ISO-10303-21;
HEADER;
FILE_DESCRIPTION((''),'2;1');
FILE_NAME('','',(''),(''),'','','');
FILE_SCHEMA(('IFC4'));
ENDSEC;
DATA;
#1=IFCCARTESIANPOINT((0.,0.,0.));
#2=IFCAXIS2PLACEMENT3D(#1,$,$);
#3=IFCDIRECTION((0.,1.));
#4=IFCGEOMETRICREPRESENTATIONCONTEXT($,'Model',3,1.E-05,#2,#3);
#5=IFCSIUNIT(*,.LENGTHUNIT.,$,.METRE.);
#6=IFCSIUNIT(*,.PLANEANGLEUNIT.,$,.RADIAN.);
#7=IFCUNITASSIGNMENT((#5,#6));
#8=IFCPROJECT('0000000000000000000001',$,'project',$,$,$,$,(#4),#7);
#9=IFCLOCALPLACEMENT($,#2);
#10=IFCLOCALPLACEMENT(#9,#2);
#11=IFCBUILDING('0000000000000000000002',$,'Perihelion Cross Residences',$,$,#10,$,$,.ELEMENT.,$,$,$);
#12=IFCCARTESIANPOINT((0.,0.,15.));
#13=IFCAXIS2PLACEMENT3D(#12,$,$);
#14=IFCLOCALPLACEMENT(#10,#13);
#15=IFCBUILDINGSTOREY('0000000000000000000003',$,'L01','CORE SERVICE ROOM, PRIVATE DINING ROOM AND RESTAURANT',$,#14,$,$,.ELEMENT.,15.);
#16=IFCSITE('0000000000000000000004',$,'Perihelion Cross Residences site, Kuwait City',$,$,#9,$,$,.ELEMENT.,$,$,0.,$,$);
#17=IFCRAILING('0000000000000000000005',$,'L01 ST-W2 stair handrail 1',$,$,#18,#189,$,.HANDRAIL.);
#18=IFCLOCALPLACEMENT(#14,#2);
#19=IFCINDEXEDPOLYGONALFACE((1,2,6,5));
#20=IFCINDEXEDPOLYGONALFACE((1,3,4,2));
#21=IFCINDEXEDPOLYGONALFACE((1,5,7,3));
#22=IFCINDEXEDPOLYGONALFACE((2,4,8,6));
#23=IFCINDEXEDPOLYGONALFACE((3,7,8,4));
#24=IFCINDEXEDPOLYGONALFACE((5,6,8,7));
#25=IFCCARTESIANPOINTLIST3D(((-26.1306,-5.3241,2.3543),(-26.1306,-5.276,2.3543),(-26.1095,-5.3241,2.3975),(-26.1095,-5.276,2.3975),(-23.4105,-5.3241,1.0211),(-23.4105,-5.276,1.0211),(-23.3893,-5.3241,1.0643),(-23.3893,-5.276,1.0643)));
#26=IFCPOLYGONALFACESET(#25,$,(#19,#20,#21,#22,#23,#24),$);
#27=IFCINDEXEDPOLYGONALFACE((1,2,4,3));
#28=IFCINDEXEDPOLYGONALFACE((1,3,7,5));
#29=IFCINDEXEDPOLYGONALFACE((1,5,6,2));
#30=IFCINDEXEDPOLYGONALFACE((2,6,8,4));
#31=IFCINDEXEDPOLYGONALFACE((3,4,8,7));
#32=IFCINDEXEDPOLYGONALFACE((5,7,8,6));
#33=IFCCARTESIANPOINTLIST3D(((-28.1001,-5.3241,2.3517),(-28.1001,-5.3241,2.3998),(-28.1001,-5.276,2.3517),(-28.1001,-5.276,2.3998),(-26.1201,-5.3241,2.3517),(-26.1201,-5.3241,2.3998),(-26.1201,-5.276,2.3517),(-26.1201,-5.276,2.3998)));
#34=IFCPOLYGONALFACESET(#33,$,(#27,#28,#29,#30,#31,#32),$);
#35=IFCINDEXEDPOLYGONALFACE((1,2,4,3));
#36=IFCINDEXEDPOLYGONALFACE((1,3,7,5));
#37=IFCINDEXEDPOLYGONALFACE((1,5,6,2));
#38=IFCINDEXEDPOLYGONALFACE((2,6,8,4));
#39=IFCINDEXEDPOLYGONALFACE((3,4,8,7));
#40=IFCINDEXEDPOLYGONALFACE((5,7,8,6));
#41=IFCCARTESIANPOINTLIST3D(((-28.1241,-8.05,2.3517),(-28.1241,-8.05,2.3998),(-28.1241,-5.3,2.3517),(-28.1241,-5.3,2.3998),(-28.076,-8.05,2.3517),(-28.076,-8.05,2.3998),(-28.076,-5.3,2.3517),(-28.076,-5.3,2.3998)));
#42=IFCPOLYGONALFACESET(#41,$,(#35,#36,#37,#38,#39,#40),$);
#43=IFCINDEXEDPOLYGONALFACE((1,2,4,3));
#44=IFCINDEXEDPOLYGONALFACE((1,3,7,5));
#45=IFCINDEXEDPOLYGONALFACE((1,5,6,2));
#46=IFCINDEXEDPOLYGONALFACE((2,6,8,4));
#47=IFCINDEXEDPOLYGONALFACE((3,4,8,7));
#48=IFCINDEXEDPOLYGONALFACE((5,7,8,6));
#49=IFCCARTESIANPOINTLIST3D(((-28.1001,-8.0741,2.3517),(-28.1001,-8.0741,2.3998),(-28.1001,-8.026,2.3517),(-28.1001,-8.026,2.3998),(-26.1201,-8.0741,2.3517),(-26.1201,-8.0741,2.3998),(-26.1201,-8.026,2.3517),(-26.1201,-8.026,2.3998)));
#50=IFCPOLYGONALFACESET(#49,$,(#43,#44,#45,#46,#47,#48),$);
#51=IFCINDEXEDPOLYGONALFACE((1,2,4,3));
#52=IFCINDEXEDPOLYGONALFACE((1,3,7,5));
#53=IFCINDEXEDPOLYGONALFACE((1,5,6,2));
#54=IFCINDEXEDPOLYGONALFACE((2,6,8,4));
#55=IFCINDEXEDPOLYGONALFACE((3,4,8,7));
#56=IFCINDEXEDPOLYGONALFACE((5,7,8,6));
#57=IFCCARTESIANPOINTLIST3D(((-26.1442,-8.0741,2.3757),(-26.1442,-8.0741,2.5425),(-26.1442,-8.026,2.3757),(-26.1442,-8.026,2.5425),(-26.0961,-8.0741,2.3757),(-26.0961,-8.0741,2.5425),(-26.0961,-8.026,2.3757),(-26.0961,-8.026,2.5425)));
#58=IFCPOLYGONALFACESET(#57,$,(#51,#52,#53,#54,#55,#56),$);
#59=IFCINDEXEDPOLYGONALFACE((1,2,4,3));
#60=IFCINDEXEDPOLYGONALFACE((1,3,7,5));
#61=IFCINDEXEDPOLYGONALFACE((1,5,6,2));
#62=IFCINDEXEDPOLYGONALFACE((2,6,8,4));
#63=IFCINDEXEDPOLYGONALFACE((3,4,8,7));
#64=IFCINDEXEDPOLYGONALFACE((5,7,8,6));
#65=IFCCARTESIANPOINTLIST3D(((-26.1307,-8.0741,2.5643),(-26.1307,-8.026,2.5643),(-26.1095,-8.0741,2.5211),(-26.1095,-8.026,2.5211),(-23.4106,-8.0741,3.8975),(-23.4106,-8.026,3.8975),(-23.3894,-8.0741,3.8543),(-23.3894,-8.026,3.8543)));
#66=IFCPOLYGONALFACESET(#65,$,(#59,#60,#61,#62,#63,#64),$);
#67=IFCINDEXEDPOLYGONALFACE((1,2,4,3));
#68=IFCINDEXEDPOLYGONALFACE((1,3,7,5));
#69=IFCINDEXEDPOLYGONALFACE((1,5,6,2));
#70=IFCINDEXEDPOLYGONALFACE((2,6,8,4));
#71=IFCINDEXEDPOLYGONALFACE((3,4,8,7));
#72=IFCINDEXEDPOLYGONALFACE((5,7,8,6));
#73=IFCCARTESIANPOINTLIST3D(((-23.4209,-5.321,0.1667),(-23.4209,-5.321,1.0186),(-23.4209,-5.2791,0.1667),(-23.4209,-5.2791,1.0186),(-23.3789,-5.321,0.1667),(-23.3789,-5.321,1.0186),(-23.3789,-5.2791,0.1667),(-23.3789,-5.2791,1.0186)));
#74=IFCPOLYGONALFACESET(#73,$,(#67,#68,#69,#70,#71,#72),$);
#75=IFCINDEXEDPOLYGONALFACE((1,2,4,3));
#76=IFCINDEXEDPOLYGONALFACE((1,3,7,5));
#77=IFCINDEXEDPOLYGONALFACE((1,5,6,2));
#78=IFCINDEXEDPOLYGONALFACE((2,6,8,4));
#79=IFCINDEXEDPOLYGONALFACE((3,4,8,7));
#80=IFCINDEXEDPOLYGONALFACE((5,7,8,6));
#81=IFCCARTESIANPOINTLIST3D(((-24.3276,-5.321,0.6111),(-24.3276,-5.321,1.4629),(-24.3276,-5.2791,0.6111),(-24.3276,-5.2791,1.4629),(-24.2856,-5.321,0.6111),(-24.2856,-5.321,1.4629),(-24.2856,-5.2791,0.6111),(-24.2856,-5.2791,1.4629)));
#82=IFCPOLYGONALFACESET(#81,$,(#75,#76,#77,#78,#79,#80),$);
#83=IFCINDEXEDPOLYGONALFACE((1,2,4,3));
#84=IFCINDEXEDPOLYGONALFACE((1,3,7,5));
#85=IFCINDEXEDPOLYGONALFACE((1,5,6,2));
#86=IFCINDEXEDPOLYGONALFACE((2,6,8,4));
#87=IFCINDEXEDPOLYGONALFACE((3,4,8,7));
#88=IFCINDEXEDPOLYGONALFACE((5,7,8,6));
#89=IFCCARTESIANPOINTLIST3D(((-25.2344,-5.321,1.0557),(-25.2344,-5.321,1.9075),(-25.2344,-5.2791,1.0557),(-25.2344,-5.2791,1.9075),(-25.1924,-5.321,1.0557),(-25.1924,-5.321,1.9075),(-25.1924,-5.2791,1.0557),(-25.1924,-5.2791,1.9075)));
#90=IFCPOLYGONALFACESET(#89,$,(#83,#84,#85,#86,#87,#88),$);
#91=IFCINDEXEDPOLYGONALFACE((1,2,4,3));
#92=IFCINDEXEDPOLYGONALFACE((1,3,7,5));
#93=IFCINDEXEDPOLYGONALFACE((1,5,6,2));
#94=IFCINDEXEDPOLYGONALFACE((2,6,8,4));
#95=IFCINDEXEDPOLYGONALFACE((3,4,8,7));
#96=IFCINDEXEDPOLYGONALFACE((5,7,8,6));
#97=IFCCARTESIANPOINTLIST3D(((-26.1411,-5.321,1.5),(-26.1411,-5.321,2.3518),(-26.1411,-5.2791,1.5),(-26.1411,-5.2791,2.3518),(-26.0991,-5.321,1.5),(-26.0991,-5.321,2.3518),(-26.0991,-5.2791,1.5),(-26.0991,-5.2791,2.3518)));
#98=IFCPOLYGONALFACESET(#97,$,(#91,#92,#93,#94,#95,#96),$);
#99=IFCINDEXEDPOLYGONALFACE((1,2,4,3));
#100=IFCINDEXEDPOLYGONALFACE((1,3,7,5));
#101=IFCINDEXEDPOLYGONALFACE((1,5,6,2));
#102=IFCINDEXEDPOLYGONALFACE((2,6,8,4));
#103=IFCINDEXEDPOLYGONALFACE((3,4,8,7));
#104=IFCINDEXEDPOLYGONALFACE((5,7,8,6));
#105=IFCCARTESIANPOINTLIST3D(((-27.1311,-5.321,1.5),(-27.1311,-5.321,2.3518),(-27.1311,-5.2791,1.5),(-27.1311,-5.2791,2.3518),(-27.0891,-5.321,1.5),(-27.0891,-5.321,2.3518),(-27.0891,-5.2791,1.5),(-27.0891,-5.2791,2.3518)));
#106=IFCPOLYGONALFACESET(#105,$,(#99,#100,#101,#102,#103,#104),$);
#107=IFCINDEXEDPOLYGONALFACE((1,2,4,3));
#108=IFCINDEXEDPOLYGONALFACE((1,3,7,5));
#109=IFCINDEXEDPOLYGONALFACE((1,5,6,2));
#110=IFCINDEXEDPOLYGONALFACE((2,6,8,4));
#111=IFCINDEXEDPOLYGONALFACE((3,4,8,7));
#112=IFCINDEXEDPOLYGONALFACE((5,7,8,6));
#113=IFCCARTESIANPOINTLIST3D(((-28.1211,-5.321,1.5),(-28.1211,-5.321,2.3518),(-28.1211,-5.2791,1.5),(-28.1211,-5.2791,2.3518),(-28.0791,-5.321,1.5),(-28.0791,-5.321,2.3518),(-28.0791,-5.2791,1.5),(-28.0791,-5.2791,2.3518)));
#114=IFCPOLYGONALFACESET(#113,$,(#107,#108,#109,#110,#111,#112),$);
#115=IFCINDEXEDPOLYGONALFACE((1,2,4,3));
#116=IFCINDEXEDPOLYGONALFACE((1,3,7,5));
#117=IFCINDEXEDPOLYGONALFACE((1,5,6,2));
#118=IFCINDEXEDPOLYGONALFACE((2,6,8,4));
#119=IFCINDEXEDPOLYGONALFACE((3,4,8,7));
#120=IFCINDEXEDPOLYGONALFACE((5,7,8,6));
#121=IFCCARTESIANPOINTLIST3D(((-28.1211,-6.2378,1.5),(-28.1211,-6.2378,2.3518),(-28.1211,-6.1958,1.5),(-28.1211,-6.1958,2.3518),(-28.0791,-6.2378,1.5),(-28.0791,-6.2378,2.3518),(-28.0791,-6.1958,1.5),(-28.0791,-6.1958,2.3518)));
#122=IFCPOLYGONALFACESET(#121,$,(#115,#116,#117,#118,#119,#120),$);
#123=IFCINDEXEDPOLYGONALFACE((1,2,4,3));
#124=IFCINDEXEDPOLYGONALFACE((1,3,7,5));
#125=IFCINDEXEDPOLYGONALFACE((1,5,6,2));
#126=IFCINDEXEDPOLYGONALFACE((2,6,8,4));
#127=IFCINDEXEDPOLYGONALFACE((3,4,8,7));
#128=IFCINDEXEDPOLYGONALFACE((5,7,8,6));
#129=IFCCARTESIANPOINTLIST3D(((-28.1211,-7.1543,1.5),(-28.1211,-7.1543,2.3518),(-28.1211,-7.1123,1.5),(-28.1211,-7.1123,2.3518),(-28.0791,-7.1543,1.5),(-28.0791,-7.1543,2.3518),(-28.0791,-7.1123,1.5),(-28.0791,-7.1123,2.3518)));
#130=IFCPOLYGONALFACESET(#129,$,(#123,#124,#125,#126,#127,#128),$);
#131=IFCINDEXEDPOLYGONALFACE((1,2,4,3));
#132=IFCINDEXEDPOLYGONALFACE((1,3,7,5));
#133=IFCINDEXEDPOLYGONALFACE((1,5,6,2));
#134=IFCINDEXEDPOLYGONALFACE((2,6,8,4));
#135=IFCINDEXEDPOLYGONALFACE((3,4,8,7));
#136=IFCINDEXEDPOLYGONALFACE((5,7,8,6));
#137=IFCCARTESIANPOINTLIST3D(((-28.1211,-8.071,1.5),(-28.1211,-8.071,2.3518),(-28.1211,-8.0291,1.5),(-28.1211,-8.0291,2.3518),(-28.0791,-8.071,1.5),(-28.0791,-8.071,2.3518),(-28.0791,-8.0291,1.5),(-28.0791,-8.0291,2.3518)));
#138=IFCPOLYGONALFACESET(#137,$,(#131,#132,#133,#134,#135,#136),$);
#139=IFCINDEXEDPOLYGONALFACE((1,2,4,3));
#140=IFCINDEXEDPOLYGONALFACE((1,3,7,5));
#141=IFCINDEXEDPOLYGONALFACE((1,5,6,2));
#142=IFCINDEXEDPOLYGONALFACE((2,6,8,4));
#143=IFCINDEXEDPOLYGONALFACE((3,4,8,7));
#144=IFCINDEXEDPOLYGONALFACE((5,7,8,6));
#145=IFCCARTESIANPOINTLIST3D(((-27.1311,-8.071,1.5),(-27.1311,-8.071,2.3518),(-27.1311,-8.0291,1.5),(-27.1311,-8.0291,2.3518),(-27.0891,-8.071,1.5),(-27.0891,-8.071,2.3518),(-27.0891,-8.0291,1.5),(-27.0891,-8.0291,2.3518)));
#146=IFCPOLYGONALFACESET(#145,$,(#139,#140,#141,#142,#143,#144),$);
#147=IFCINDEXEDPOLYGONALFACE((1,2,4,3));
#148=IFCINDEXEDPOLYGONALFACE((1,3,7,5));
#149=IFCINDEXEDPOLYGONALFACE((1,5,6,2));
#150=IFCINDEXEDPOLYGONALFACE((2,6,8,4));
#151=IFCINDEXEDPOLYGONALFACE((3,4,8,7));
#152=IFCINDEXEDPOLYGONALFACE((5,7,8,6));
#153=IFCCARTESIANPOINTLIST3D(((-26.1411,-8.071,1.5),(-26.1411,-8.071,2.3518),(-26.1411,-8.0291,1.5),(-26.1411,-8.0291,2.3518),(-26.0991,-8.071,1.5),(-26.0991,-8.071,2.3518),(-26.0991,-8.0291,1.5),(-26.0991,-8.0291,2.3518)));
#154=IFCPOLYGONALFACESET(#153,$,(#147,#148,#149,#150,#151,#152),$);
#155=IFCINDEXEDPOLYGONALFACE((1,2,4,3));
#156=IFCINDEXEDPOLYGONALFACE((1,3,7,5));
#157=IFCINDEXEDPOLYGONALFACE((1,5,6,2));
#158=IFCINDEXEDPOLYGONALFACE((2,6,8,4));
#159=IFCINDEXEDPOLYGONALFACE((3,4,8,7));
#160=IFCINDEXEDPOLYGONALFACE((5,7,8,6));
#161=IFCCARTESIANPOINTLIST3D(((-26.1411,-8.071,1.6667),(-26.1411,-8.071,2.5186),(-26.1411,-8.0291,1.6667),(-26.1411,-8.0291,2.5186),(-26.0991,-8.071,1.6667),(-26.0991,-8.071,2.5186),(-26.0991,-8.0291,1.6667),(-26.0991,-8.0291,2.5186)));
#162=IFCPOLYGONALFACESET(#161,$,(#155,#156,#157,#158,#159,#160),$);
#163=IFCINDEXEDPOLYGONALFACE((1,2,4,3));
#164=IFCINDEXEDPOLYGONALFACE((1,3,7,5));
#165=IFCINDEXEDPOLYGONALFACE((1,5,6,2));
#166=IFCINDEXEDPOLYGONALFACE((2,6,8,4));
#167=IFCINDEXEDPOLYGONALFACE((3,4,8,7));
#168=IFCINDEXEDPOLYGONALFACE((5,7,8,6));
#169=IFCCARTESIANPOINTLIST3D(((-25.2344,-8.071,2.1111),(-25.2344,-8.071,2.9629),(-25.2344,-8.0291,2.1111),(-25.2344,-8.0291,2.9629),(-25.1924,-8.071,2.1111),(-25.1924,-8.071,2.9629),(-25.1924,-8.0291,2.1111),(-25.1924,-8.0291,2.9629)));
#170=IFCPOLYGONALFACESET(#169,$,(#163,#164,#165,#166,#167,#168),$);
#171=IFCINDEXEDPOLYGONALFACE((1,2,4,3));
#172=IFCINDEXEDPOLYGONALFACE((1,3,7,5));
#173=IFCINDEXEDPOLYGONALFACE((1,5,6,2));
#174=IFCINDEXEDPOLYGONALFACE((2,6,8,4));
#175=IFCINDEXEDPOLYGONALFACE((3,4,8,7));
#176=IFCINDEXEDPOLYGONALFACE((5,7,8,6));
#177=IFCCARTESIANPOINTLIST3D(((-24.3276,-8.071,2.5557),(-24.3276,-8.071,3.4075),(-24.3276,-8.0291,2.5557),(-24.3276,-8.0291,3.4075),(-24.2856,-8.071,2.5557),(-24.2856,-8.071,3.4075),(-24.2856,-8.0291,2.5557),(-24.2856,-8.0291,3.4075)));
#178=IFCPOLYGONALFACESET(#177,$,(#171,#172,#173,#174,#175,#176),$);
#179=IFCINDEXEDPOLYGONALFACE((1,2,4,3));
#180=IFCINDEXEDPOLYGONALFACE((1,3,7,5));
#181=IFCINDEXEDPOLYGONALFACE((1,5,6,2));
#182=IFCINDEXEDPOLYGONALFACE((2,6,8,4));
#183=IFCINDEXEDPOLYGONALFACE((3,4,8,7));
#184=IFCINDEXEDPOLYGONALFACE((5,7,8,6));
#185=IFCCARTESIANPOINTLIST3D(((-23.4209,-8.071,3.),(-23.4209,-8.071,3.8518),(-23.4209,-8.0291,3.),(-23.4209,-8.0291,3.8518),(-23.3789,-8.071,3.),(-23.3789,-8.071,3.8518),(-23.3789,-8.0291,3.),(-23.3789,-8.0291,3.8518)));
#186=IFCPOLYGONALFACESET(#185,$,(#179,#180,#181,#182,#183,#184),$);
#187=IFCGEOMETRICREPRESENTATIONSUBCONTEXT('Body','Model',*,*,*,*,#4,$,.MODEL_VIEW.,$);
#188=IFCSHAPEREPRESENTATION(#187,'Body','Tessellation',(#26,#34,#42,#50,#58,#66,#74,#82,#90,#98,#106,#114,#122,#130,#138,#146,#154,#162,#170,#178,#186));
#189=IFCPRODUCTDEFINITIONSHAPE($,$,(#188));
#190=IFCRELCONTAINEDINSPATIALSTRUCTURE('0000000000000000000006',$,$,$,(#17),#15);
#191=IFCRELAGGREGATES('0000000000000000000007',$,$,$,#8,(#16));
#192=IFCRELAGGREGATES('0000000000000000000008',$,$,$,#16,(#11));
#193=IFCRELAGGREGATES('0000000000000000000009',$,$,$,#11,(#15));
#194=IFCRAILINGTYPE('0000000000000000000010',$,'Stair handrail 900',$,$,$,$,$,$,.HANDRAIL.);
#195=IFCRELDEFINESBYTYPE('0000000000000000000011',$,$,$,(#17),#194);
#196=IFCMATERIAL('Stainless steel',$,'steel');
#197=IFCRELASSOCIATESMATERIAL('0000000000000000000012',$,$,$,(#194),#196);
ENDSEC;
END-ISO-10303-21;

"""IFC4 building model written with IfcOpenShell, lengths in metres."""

from ifc_helpers import new_model, si_unit, direction, frame, origin, origin_2d, place, context, subcontext, project, spatial, rectangle, extrude, material, type_object, element, save


model = new_model("IFC4")

# Units and contexts
model_context = context("Model", 3, precision=1e-05, world=origin(), true_north=direction((0.0, 1.0)))
body_context = subcontext(model_context, "Body", "Model", "MODEL_VIEW")
ifc_project = project(units=[si_unit("LENGTHUNIT", "METRE"), si_unit("PLANEANGLEUNIT", "RADIAN")], contexts=[model_context])

# Site, building, storey
site_placement = place(None, origin())
site = spatial("IfcSite", under=ifc_project, at=site_placement, Name="Perihelion Cross Residences site, Kuwait City", CompositionType="ELEMENT", RefElevation=0.0)
building_placement = place(site_placement, origin())
building = spatial("IfcBuilding", under=site, at=building_placement, Name="Perihelion Cross Residences", CompositionType="ELEMENT")
storey_placement = place(building_placement, frame((0.0, 0.0, 15.0)))
storey = spatial("IfcBuildingStorey", under=building, at=storey_placement, Name="L01", Description="CORE SERVICE ROOM, PRIVATE DINING ROOM AND RESTAURANT", CompositionType="ELEMENT", Elevation=15.0)

# Railing
ifc_material_1 = material(Name="Stainless steel", Category="steel")
railing_type_1 = type_object("IfcRailingType", Name="Stair handrail 900", PredefinedType="HANDRAIL", material=ifc_material_1)
railing_1_placement = place(storey_placement, frame((-23.3999, -5.3, 0.1667)))
element("IfcRailing", 1, at=railing_1_placement, inside=storey, type_object=railing_type_1, Name="L01 ST-W2 stair handrail 1", PredefinedType="HANDRAIL", context=body_context, shape_type="SweptSolid", body=[
    extrude(rectangle(XDim=0.0481, YDim=0.0481, at=origin_2d()), frame((0.0, 0.0, 0.876), z_axis=(-0.897945, 0.0, 0.440108), x_axis=(0.0, -1.0, 0.0)), (0.0, 0.0, 1.0), 3.0293),
    extrude(rectangle(XDim=0.0481, YDim=0.0481, at=origin_2d()), frame((-2.7202, 0.0, 2.209), z_axis=(-1.0, 0.0, 0.0), x_axis=(0.0, -1.0, 0.0)), (0.0, 0.0, 1.0), 1.98),
    extrude(rectangle(XDim=0.0481, YDim=0.0481, at=origin_2d()), frame((-4.7002, 0.0, 2.209), z_axis=(0.0, -1.0, 0.0), x_axis=(1.0, 0.0, 0.0)), (0.0, 0.0, 1.0), 2.75),
    extrude(rectangle(XDim=0.0481, YDim=0.0481, at=origin_2d()), frame((-4.7002, -2.75, 2.209), z_axis=(1.0, 0.0, 0.0), x_axis=(0.0, 1.0, 0.0)), (0.0, 0.0, 1.0), 1.98),
    extrude(rectangle(XDim=0.0481, YDim=0.0481, at=origin_2d()), frame((-2.7202, -2.75, 2.209), z_axis=(0.0, 0.0, 1.0), x_axis=(1.0, 0.0, 0.0)), (0.0, 0.0, 1.0), 0.1667),
    extrude(rectangle(XDim=0.0481, YDim=0.0481, at=origin_2d()), frame((-2.7202, -2.75, 2.376), z_axis=(0.897945, 0.0, 0.440108), x_axis=(0.0, 1.0, 0.0)), (0.0, 0.0, 1.0), 3.0293),
    extrude(rectangle(XDim=0.042, YDim=0.042, at=origin_2d()), origin(), (0.0, 0.0, 1.0), 0.8518),
    extrude(rectangle(XDim=0.042, YDim=0.042, at=origin_2d()), frame((-0.9067, 0.0, 0.4443)), (0.0, 0.0, 1.0), 0.8518),
    extrude(rectangle(XDim=0.042, YDim=0.042, at=origin_2d()), frame((-1.8135, 0.0, 0.8889)), (0.0, 0.0, 1.0), 0.8518),
    extrude(rectangle(XDim=0.042, YDim=0.042, at=origin_2d()), frame((-2.7202, 0.0, 1.3333)), (0.0, 0.0, 1.0), 0.8518),
    extrude(rectangle(XDim=0.042, YDim=0.042, at=origin_2d()), frame((-3.7102, 0.0, 1.3333)), (0.0, 0.0, 1.0), 0.8518),
    extrude(rectangle(XDim=0.042, YDim=0.042, at=origin_2d()), frame((-4.7002, 0.0, 1.3333)), (0.0, 0.0, 1.0), 0.8518),
    extrude(rectangle(XDim=0.042, YDim=0.042, at=origin_2d()), frame((-4.7002, -0.9167, 1.3333)), (0.0, 0.0, 1.0), 0.8518),
    extrude(rectangle(XDim=0.042, YDim=0.042, at=origin_2d()), frame((-4.7002, -1.8333, 1.3333)), (0.0, 0.0, 1.0), 0.8518),
    extrude(rectangle(XDim=0.042, YDim=0.042, at=origin_2d()), frame((-4.7002, -2.75, 1.3333)), (0.0, 0.0, 1.0), 0.8518),
    extrude(rectangle(XDim=0.042, YDim=0.042, at=origin_2d()), frame((-3.7102, -2.75, 1.3333)), (0.0, 0.0, 1.0), 0.8518),
    extrude(rectangle(XDim=0.042, YDim=0.042, at=origin_2d()), frame((-2.7202, -2.75, 1.3333)), (0.0, 0.0, 1.0), 0.8518),
    extrude(rectangle(XDim=0.042, YDim=0.042, at=origin_2d()), frame((-2.7202, -2.75, 1.5)), (0.0, 0.0, 1.0), 0.8518),
    extrude(rectangle(XDim=0.042, YDim=0.042, at=origin_2d()), frame((-1.8135, -2.75, 1.9443)), (0.0, 0.0, 1.0), 0.8518),
    extrude(rectangle(XDim=0.042, YDim=0.042, at=origin_2d()), frame((-0.9067, -2.75, 2.3889)), (0.0, 0.0, 1.0), 0.8518),
    extrude(rectangle(XDim=0.042, YDim=0.042, at=origin_2d()), frame((0.0, -2.75, 2.8333)), (0.0, 0.0, 1.0), 0.8518),
])

save(model, "model.ifc")
